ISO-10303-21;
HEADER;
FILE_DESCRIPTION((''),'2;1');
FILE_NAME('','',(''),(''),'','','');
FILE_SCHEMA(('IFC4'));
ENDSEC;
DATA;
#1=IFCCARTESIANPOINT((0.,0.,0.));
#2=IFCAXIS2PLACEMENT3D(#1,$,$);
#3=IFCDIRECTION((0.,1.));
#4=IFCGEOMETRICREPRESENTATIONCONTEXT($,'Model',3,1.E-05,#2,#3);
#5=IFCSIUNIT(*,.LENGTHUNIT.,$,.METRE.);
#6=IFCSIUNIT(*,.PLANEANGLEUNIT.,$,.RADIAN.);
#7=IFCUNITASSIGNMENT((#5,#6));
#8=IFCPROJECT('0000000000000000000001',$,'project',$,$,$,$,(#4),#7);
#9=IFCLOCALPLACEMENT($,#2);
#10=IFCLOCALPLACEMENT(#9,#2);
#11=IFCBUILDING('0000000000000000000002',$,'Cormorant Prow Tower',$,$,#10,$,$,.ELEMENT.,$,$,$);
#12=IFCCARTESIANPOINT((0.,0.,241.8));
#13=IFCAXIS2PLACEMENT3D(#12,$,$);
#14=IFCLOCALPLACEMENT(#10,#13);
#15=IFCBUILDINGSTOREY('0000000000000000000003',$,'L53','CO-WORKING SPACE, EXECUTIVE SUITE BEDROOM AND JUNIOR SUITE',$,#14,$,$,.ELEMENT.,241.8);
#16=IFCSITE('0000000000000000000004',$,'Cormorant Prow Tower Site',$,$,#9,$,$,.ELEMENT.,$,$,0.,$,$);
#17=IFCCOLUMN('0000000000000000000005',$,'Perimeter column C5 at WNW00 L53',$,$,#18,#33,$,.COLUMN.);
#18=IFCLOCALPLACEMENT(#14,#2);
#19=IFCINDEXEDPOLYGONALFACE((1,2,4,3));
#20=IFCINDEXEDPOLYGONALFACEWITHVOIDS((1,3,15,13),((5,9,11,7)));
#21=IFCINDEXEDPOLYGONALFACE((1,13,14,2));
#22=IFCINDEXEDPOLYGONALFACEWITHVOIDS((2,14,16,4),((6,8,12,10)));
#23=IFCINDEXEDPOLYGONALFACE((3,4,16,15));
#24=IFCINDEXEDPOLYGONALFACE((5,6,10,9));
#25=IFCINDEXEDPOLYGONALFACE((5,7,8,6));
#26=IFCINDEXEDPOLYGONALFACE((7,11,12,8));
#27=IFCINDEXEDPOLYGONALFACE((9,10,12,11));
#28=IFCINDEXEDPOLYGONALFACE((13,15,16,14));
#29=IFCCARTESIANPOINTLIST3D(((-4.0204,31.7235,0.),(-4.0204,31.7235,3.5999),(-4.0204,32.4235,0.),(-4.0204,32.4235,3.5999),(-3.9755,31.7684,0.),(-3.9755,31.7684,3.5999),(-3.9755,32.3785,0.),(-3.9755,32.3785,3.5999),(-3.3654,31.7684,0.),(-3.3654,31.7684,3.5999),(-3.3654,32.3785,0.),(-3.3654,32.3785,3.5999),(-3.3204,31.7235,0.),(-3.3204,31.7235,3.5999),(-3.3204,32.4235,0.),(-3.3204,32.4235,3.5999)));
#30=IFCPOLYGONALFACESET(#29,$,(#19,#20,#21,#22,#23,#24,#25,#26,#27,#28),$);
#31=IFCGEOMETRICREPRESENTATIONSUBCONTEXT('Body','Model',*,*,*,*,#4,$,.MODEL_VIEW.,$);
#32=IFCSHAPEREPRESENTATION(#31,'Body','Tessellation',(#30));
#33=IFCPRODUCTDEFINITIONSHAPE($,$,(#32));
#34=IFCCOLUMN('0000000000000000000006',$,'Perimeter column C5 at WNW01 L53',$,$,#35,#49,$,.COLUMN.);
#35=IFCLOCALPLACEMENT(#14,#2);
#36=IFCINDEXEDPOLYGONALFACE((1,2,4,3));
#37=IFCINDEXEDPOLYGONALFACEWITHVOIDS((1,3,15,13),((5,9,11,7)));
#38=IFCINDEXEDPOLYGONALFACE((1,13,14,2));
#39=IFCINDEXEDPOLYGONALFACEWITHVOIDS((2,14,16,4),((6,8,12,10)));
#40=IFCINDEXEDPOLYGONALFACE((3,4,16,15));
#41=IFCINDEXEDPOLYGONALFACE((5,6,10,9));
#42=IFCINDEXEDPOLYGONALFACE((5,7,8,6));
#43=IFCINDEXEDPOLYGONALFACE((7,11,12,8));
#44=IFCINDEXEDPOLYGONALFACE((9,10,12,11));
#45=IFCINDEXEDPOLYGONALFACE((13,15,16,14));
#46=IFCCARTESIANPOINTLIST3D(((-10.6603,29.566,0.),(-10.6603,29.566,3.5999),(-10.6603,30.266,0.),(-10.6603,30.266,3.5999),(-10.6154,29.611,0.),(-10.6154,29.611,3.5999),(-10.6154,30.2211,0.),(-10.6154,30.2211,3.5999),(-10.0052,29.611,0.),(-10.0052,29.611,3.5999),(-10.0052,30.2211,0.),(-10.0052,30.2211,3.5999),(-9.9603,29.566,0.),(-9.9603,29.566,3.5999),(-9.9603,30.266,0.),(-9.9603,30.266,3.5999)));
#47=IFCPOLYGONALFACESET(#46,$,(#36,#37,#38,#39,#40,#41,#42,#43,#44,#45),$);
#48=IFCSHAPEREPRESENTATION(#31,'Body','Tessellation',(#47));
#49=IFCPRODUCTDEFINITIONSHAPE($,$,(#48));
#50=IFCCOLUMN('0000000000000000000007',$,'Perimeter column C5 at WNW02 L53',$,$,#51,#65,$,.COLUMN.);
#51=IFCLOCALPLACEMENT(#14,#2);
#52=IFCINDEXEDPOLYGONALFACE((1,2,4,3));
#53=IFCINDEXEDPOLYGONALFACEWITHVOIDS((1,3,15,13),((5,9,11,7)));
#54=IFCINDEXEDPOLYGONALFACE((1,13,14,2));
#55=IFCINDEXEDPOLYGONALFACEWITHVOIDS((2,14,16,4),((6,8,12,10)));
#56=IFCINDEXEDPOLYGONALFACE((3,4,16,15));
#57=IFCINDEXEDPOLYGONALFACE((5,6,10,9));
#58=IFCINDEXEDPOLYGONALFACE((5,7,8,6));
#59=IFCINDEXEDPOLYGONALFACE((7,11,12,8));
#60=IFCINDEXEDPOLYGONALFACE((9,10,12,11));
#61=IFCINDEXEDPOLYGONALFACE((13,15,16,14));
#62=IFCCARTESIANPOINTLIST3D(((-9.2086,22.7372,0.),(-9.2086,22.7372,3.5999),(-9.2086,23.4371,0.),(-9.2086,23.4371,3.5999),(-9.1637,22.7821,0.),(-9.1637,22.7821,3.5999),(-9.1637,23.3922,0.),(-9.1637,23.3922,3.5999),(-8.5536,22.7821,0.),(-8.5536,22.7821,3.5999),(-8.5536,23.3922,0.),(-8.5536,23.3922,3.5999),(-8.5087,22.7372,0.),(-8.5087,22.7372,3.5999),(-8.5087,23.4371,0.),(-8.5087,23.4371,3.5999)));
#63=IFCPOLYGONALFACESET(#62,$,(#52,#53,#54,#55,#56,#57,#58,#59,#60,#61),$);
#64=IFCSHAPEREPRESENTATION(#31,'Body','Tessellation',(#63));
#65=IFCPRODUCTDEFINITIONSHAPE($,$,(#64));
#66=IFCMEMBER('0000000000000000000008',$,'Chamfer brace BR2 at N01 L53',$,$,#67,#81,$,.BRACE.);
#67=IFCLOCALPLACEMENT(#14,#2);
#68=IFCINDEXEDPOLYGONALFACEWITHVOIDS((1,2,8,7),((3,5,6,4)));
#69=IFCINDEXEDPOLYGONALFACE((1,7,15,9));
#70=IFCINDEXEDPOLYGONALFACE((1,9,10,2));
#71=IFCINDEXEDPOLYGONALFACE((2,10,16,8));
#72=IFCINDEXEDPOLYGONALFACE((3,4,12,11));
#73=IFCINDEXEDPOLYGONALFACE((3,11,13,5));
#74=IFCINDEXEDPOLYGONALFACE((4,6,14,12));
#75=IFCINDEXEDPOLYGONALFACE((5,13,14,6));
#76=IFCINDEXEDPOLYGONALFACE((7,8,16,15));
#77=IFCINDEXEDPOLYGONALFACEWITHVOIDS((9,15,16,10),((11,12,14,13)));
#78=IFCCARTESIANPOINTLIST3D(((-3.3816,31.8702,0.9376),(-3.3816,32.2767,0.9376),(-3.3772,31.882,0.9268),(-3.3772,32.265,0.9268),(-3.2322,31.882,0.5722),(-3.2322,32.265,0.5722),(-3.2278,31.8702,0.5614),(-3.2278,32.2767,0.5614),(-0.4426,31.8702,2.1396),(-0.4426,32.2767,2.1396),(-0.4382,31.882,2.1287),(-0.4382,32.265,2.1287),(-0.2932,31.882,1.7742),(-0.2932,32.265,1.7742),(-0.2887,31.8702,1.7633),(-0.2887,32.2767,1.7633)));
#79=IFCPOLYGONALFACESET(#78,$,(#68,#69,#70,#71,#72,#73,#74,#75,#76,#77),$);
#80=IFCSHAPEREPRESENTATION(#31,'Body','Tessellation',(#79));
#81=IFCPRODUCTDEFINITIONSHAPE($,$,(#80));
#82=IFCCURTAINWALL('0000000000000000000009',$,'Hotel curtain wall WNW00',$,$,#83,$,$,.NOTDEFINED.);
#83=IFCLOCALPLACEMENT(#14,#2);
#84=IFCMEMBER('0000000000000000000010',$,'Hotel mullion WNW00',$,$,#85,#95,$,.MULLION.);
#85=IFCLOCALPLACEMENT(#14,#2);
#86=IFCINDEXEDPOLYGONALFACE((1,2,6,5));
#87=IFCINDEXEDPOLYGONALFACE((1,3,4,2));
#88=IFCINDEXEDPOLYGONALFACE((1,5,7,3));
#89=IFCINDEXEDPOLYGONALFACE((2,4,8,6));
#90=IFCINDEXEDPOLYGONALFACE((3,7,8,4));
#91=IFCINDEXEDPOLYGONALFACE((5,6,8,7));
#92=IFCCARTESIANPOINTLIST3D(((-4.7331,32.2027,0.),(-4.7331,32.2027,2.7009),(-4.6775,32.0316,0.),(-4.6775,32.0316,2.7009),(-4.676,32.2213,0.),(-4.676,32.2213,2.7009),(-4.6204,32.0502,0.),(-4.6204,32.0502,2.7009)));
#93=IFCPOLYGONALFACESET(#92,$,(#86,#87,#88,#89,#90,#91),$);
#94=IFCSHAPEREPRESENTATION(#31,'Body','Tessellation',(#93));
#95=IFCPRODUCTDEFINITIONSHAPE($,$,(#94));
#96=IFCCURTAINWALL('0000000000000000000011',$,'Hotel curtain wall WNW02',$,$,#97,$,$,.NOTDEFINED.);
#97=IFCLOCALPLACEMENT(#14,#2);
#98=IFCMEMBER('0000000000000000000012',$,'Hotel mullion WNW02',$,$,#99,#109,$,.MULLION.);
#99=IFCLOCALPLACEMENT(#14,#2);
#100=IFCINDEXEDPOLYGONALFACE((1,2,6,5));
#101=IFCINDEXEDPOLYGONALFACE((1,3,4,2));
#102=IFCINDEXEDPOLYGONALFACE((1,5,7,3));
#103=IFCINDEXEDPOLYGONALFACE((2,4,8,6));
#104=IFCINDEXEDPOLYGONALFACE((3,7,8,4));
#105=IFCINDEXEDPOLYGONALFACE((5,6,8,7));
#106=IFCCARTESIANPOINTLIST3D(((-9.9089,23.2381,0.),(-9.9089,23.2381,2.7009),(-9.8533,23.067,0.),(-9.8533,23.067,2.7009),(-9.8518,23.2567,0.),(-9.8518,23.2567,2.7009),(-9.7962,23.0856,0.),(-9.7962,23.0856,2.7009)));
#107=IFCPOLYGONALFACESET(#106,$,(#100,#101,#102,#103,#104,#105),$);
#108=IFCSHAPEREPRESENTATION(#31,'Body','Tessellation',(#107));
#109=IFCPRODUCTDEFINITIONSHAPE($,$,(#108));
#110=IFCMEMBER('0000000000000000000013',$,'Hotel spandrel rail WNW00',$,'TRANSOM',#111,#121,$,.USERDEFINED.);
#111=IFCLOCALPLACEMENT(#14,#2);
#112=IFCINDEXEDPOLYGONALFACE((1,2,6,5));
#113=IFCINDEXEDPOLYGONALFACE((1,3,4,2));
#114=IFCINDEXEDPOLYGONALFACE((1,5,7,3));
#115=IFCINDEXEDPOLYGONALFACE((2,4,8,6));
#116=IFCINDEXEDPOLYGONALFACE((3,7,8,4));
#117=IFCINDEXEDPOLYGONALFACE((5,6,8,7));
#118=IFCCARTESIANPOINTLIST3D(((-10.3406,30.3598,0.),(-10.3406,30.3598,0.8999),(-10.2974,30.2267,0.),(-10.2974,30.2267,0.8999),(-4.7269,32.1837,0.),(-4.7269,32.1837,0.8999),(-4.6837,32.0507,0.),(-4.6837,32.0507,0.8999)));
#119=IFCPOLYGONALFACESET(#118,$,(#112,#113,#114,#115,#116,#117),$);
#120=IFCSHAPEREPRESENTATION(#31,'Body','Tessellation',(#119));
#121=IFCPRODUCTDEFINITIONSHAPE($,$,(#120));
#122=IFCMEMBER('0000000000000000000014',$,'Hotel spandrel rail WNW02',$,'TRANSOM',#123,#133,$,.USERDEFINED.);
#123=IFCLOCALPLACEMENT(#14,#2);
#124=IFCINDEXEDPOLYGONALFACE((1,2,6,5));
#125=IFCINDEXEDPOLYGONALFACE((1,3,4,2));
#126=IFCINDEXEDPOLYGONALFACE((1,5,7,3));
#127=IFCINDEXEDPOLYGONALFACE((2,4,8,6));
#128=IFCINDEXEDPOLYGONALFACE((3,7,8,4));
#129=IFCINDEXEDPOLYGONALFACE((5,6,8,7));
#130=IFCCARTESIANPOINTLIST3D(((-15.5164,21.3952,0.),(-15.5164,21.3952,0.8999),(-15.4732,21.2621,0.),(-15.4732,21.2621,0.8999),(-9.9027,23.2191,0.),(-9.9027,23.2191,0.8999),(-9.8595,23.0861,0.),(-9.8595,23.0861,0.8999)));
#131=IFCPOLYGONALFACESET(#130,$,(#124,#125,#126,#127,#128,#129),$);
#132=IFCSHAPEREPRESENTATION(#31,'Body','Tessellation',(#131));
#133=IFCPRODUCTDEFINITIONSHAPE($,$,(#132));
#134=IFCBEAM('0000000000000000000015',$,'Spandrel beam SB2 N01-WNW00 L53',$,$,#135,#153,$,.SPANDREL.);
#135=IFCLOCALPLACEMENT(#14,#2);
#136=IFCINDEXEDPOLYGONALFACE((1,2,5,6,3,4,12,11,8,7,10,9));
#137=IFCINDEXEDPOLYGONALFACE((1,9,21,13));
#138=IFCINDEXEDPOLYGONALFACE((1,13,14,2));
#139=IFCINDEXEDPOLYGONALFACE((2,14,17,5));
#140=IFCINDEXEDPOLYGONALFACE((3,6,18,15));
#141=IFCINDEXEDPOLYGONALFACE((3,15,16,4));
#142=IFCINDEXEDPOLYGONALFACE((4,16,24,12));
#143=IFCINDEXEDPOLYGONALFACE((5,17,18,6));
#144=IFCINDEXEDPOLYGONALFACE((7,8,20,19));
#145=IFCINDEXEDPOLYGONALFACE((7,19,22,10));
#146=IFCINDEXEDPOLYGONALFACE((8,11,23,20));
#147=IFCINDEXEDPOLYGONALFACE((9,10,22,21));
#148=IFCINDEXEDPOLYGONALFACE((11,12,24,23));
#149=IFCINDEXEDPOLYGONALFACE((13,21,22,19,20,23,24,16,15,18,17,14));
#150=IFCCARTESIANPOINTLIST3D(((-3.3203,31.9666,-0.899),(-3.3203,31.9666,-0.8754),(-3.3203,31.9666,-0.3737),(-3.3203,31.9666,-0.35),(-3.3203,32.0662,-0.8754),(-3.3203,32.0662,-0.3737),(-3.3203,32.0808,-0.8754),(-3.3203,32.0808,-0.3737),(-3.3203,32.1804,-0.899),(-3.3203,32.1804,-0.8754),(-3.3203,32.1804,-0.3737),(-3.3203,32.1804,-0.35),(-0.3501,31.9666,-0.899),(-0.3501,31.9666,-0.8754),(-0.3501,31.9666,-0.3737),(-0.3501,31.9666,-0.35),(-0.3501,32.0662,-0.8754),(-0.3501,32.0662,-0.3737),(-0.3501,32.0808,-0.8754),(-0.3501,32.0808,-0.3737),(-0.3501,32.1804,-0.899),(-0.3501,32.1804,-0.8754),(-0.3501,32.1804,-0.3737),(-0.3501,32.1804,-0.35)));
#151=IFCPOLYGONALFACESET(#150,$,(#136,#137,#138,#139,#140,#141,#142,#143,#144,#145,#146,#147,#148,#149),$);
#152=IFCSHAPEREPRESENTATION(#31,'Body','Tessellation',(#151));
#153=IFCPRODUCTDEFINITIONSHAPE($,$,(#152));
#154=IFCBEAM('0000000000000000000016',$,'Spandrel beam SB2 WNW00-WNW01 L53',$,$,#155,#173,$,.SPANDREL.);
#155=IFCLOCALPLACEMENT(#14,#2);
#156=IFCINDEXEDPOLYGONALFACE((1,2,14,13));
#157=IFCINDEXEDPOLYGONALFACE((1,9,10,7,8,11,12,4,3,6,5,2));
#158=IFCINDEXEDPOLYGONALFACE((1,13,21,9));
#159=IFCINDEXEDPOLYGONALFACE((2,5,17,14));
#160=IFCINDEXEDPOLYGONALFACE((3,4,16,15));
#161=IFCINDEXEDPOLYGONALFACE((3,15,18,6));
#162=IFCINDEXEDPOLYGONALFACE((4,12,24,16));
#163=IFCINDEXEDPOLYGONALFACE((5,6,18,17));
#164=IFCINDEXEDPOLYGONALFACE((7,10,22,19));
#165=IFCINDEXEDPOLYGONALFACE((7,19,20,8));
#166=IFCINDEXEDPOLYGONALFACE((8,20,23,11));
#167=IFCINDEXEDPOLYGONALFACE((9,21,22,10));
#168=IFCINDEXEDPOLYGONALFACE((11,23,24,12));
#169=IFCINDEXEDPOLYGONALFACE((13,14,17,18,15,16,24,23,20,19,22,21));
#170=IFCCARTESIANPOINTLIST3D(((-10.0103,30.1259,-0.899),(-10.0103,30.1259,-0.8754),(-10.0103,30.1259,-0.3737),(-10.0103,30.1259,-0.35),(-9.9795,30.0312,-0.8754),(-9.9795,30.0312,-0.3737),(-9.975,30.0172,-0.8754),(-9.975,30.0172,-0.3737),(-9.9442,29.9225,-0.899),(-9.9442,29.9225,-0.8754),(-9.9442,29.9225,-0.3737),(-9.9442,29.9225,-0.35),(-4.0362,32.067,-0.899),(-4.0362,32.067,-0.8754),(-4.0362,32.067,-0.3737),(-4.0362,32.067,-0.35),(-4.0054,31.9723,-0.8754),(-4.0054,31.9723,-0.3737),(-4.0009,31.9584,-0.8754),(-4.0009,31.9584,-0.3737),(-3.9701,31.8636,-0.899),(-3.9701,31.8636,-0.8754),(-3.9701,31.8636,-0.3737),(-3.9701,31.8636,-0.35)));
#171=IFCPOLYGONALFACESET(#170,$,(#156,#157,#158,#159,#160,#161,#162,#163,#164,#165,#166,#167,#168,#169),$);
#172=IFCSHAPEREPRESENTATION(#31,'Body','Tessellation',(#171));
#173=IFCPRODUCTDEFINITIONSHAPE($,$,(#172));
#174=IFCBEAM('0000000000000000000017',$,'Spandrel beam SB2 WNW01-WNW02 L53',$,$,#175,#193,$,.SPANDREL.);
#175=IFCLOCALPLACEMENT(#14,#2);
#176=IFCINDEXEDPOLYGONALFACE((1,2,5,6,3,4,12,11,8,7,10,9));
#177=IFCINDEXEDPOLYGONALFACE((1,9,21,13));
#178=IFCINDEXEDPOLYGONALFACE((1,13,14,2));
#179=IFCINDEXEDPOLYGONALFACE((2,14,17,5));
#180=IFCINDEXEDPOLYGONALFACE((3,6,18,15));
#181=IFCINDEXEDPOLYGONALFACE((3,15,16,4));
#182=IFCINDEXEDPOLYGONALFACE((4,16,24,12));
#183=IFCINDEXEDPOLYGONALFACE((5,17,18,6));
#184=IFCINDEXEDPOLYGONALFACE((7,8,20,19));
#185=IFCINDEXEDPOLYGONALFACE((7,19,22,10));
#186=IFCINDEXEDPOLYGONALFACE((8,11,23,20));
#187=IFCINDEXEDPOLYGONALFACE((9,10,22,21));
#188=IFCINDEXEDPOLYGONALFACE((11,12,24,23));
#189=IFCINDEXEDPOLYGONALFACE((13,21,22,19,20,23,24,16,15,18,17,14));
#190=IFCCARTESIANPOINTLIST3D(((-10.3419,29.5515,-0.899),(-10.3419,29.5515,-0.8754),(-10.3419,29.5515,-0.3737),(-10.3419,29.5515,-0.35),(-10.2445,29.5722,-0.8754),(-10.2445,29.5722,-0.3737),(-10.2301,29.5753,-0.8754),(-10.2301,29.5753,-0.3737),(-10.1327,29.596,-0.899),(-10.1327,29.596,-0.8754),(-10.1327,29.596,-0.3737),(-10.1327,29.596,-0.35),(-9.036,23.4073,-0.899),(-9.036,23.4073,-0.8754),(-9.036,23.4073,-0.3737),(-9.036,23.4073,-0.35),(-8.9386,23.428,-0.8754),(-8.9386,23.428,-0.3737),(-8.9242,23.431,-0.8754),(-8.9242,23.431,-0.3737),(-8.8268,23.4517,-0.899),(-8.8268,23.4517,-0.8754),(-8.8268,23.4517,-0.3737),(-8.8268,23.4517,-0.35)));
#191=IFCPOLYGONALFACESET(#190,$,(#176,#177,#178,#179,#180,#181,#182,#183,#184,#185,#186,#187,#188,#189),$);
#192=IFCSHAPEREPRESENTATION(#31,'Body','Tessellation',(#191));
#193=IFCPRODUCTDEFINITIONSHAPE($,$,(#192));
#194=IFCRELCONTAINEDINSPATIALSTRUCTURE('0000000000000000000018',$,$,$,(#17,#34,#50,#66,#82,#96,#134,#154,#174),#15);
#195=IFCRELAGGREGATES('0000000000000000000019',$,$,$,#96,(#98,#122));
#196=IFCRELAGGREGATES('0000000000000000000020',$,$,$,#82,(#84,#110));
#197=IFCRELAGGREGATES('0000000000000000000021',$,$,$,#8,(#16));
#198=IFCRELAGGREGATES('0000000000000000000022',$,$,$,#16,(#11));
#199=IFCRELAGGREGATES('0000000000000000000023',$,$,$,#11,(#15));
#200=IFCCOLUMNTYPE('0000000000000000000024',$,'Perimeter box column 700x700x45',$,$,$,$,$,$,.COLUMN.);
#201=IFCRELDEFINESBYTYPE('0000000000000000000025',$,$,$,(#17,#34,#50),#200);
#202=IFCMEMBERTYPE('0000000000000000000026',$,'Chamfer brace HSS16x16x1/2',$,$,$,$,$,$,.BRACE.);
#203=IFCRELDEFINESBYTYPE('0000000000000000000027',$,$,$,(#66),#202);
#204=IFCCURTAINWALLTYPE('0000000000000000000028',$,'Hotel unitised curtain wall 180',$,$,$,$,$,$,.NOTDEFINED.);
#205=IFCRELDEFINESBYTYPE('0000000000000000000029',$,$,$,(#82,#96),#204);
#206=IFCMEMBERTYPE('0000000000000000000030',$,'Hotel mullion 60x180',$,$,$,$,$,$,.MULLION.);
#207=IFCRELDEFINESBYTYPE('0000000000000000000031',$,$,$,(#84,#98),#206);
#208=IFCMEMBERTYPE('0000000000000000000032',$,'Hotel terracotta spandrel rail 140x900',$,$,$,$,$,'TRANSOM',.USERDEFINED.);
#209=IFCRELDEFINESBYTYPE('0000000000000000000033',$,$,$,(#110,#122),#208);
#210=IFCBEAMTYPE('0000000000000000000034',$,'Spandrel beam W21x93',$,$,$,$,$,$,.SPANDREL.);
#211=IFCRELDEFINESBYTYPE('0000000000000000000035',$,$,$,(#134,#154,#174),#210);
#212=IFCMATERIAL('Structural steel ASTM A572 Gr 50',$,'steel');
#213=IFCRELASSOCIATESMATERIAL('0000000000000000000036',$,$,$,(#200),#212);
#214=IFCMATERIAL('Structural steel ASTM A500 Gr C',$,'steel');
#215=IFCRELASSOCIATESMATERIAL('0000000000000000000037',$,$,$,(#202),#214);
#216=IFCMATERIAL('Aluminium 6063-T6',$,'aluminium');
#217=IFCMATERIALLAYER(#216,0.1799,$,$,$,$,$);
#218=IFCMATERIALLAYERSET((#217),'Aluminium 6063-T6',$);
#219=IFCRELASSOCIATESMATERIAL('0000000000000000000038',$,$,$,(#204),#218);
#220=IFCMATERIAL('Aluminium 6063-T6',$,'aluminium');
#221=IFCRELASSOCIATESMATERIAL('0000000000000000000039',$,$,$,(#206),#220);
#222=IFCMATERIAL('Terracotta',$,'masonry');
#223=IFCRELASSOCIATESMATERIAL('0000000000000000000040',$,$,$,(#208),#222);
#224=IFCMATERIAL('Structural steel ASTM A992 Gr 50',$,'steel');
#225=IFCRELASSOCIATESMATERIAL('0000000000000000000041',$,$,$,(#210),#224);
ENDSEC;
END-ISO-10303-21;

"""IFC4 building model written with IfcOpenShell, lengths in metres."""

from ifc_helpers import new_model, si_unit, direction, frame, origin, origin_2d, place, context, subcontext, project, spatial, rectangle, hollow_rectangle, i_section, extrude, material, layer, layer_set, material_profile, profile_set, type_object, element, aggregate, save


model = new_model("IFC4")

# Units and contexts
model_context = context("Model", 3, precision=1e-05, world=origin(), true_north=direction((0.0, 1.0)))
body_context = subcontext(model_context, "Body", "Model", "MODEL_VIEW")
ifc_project = project(units=[si_unit("LENGTHUNIT", "METRE"), si_unit("PLANEANGLEUNIT", "RADIAN")], contexts=[model_context])

# Site, building, storey
site_placement = place(None, origin())
site = spatial("IfcSite", under=ifc_project, at=site_placement, Name="Cormorant Prow Tower Site", CompositionType="ELEMENT", RefElevation=0.0)
building_placement = place(site_placement, origin())
building = spatial("IfcBuilding", under=site, at=building_placement, Name="Cormorant Prow Tower", CompositionType="ELEMENT")
storey_placement = place(building_placement, frame((0.0, 0.0, 241.8)))
storey = spatial("IfcBuildingStorey", under=building, at=storey_placement, Name="L53", Description="CO-WORKING SPACE, EXECUTIVE SUITE BEDROOM AND JUNIOR SUITE", CompositionType="ELEMENT", Elevation=241.8)

# Columns
ifc_material_1 = material(Name="Structural steel ASTM A572 Gr 50", Category="steel")
ifc_material_profile_1 = material_profile(ifc_material_1, hollow_rectangle(XDim=0.7, YDim=0.7, WallThickness=0.0449, at=origin_2d()), Name="Box 700x700x45")
ifc_profile_set_1 = profile_set([ifc_material_profile_1], Name="Structural steel ASTM A572 Gr 50")
column_type = type_object("IfcColumnType", Name="Perimeter box column 700x700x45", PredefinedType="COLUMN", material=ifc_profile_set_1)
for number, where, z_axis, x_axis, name in (
    (1, (-3.6704, 32.0735, 0.0), (0.0, 0.0, 1.0), (1.0, 0.0, 0.0), "Perimeter column C5 at WNW00 L53"),
    (2, (-10.3103, 29.916, 0.0), (0.0, 0.0, 1.0), (1.0, 0.0, 0.0), "Perimeter column C5 at WNW01 L53"),
    (3, (-8.8586, 23.0872, 0.0), (0.0, 0.0, 1.0), (1.0, 0.0, 0.0), "Perimeter column C5 at WNW02 L53"),
):
    element("IfcColumn", number, at=place(storey_placement, frame(where, z_axis=z_axis, x_axis=x_axis)), inside=storey, type_object=column_type, Name=name, PredefinedType="COLUMN", context=body_context, shape_type="SweptSolid", body=[
        extrude(hollow_rectangle(XDim=0.7, YDim=0.7, WallThickness=0.0449, at=origin_2d()), origin(), (0.0, 0.0, 1.0), 3.5999),
    ])

# Member
ifc_material_2 = material(Name="Structural steel ASTM A500 Gr C", Category="steel")
ifc_material_profile_2 = material_profile(ifc_material_2, hollow_rectangle(XDim=0.4065, YDim=0.4065, WallThickness=0.0117, at=origin_2d()), Name="HSS16x16x1/2")
ifc_profile_set_2 = profile_set([ifc_material_profile_2], Name="Structural steel ASTM A500 Gr C")
member_type_1 = type_object("IfcMemberType", Name="Chamfer brace HSS16x16x1/2", PredefinedType="BRACE", material=ifc_profile_set_2)
member_1_placement = place(storey_placement, frame((-3.3047, 32.0735, 0.7495), z_axis=(0.925591, 0.0, 0.378525), x_axis=(0.0, 1.0, 0.0)))
element("IfcMember", 4, at=member_1_placement, inside=storey, type_object=member_type_1, Name="Chamfer brace BR2 at N01 L53", PredefinedType="BRACE", context=body_context, shape_type="SweptSolid", body=[
    extrude(hollow_rectangle(XDim=0.4065, YDim=0.4065, WallThickness=0.0117, at=origin_2d()), origin(), (0.0, 0.0, 1.0), 3.1753),
])

# Curtain walls, members
ifc_material_3 = material(Name="Aluminium 6063-T6", Category="aluminium")
ifc_layer_1 = layer(ifc_material_3, 0.1799)
ifc_layer_set_1 = layer_set([ifc_layer_1], Name="Aluminium 6063-T6")
curtain_wall_type = type_object("IfcCurtainWallType", Name="Hotel unitised curtain wall 180", PredefinedType="NOTDEFINED", material=ifc_layer_set_1)
curtain_wall_1_placement = place(storey_placement, origin())
curtain_wall_1 = element("IfcCurtainWall", 5, at=curtain_wall_1_placement, inside=storey, type_object=curtain_wall_type, Name="Hotel curtain wall WNW00", PredefinedType="NOTDEFINED")
ifc_material_4 = material(Name="Aluminium 6063-T6", Category="aluminium")
ifc_material_profile_3 = material_profile(ifc_material_4, rectangle(XDim=0.1799, YDim=0.0601, at=origin_2d()), Name="Hotel mullion 60x180")
ifc_profile_set_3 = profile_set([ifc_material_profile_3], Name="Aluminium 6063-T6")
member_type_2 = type_object("IfcMemberType", Name="Hotel mullion 60x180", PredefinedType="MULLION", material=ifc_profile_set_3)
member_2_placement = place(storey_placement, frame((-4.6768, 32.1265, 0.0), z_axis=(0.0, 0.0, 1.0), x_axis=(0.309017, -0.951057, 0.0)))
member_2 = element("IfcMember", 6, at=member_2_placement, type_object=member_type_2, Name="Hotel mullion WNW00", PredefinedType="MULLION", context=body_context, shape_type="SweptSolid", body=[
    extrude(rectangle(XDim=0.1799, YDim=0.0601, at=origin_2d()), origin(), (0.0, 0.0, 1.0), 2.7009),
])
curtain_wall_2_placement = place(storey_placement, origin())
curtain_wall_2 = element("IfcCurtainWall", 7, at=curtain_wall_2_placement, inside=storey, type_object=curtain_wall_type, Name="Hotel curtain wall WNW02", PredefinedType="NOTDEFINED")
member_3_placement = place(storey_placement, frame((-9.8525, 23.1619, 0.0), z_axis=(0.0, 0.0, 1.0), x_axis=(0.309017, -0.951057, 0.0)))
member_3 = element("IfcMember", 8, at=member_3_placement, type_object=member_type_2, Name="Hotel mullion WNW02", PredefinedType="MULLION", context=body_context, shape_type="SweptSolid", body=[
    extrude(rectangle(XDim=0.1799, YDim=0.0601, at=origin_2d()), origin(), (0.0, 0.0, 1.0), 2.7009),
])

# Members
ifc_material_5 = material(Name="Terracotta", Category="masonry")
ifc_material_profile_4 = material_profile(ifc_material_5, rectangle(XDim=0.1399, YDim=0.8999, at=origin_2d()), Name="Hotel terracotta spandrel rail 140x900")
ifc_profile_set_4 = profile_set([ifc_material_profile_4], Name="Terracotta")
member_type_3 = type_object("IfcMemberType", Name="Hotel terracotta spandrel rail 140x900", ElementType="TRANSOM", PredefinedType="USERDEFINED", material=ifc_profile_set_4)
member_4_placement = place(storey_placement, frame((-4.7053, 32.1172, 0.45), z_axis=(-0.951059, -0.309009, 0.0), x_axis=(0.309009, -0.951059, 0.0)))
member_4 = element("IfcMember", 9, at=member_4_placement, type_object=member_type_3, Name="Hotel spandrel rail WNW00", ObjectType="TRANSOM", PredefinedType="USERDEFINED", context=body_context, shape_type="SweptSolid", body=[
    extrude(rectangle(XDim=0.1399, YDim=0.8999, at=origin_2d()), origin(), (0.0, 0.0, 1.0), 5.9026),
])
member_5_placement = place(storey_placement, frame((-9.8811, 23.1526, 0.45), z_axis=(-0.951059, -0.309009, 0.0), x_axis=(0.309009, -0.951059, 0.0)))
member_5 = element("IfcMember", 10, at=member_5_placement, type_object=member_type_3, Name="Hotel spandrel rail WNW02", ObjectType="TRANSOM", PredefinedType="USERDEFINED", context=body_context, shape_type="SweptSolid", body=[
    extrude(rectangle(XDim=0.1399, YDim=0.8999, at=origin_2d()), origin(), (0.0, 0.0, 1.0), 5.9026),
])
aggregate(curtain_wall_2, [member_3, member_5])

# Beams
ifc_material_6 = material(Name="Structural steel ASTM A992 Gr 50", Category="steel")
ifc_material_profile_5 = material_profile(ifc_material_6, i_section(OverallWidth=0.2139, OverallDepth=0.5491, WebThickness=0.0146, FlangeThickness=0.0237, at=origin_2d()), Name="W21x93")
ifc_profile_set_5 = profile_set([ifc_material_profile_5], Name="Structural steel ASTM A992 Gr 50")
beam_type = type_object("IfcBeamType", Name="Spandrel beam W21x93", PredefinedType="SPANDREL", material=ifc_profile_set_5)
beam_1_placement = place(storey_placement, frame((-0.3501, 32.0735, -0.6245), z_axis=(-1.0, 0.0, 0.0), x_axis=(0.0, -1.0, 0.0)))
element("IfcBeam", 11, at=beam_1_placement, inside=storey, type_object=beam_type, Name="Spandrel beam SB2 N01-WNW00 L53", PredefinedType="SPANDREL", context=body_context, shape_type="SweptSolid", body=[
    extrude(i_section(OverallWidth=0.2139, OverallDepth=0.5491, WebThickness=0.0146, FlangeThickness=0.0237, at=origin_2d()), origin(), (0.0, 0.0, 1.0), 2.9702),
])
for number, where, z_axis, x_axis, name in (
    (12, (-4.0032, 31.9653, -0.6245), (-0.951054, -0.309025, 0.0), (0.309025, -0.951054, 0.0), "Spandrel beam SB2 WNW00-WNW01 L53"),
    (13, (-10.2373, 29.5737, -0.6245), (0.207896, -0.978151, 0.0), (0.978151, 0.207896, 0.0), "Spandrel beam SB2 WNW01-WNW02 L53"),
):
    element("IfcBeam", number, at=place(storey_placement, frame(where, z_axis=z_axis, x_axis=x_axis)), inside=storey, type_object=beam_type, Name=name, PredefinedType="SPANDREL", context=body_context, shape_type="SweptSolid", body=[
        extrude(i_section(OverallWidth=0.2139, OverallDepth=0.5491, WebThickness=0.0146, FlangeThickness=0.0237, at=origin_2d()), origin(), (0.0, 0.0, 1.0), 6.2815),
    ])

aggregate(curtain_wall_1, [member_2, member_4])

save(model, "model.ifc")
